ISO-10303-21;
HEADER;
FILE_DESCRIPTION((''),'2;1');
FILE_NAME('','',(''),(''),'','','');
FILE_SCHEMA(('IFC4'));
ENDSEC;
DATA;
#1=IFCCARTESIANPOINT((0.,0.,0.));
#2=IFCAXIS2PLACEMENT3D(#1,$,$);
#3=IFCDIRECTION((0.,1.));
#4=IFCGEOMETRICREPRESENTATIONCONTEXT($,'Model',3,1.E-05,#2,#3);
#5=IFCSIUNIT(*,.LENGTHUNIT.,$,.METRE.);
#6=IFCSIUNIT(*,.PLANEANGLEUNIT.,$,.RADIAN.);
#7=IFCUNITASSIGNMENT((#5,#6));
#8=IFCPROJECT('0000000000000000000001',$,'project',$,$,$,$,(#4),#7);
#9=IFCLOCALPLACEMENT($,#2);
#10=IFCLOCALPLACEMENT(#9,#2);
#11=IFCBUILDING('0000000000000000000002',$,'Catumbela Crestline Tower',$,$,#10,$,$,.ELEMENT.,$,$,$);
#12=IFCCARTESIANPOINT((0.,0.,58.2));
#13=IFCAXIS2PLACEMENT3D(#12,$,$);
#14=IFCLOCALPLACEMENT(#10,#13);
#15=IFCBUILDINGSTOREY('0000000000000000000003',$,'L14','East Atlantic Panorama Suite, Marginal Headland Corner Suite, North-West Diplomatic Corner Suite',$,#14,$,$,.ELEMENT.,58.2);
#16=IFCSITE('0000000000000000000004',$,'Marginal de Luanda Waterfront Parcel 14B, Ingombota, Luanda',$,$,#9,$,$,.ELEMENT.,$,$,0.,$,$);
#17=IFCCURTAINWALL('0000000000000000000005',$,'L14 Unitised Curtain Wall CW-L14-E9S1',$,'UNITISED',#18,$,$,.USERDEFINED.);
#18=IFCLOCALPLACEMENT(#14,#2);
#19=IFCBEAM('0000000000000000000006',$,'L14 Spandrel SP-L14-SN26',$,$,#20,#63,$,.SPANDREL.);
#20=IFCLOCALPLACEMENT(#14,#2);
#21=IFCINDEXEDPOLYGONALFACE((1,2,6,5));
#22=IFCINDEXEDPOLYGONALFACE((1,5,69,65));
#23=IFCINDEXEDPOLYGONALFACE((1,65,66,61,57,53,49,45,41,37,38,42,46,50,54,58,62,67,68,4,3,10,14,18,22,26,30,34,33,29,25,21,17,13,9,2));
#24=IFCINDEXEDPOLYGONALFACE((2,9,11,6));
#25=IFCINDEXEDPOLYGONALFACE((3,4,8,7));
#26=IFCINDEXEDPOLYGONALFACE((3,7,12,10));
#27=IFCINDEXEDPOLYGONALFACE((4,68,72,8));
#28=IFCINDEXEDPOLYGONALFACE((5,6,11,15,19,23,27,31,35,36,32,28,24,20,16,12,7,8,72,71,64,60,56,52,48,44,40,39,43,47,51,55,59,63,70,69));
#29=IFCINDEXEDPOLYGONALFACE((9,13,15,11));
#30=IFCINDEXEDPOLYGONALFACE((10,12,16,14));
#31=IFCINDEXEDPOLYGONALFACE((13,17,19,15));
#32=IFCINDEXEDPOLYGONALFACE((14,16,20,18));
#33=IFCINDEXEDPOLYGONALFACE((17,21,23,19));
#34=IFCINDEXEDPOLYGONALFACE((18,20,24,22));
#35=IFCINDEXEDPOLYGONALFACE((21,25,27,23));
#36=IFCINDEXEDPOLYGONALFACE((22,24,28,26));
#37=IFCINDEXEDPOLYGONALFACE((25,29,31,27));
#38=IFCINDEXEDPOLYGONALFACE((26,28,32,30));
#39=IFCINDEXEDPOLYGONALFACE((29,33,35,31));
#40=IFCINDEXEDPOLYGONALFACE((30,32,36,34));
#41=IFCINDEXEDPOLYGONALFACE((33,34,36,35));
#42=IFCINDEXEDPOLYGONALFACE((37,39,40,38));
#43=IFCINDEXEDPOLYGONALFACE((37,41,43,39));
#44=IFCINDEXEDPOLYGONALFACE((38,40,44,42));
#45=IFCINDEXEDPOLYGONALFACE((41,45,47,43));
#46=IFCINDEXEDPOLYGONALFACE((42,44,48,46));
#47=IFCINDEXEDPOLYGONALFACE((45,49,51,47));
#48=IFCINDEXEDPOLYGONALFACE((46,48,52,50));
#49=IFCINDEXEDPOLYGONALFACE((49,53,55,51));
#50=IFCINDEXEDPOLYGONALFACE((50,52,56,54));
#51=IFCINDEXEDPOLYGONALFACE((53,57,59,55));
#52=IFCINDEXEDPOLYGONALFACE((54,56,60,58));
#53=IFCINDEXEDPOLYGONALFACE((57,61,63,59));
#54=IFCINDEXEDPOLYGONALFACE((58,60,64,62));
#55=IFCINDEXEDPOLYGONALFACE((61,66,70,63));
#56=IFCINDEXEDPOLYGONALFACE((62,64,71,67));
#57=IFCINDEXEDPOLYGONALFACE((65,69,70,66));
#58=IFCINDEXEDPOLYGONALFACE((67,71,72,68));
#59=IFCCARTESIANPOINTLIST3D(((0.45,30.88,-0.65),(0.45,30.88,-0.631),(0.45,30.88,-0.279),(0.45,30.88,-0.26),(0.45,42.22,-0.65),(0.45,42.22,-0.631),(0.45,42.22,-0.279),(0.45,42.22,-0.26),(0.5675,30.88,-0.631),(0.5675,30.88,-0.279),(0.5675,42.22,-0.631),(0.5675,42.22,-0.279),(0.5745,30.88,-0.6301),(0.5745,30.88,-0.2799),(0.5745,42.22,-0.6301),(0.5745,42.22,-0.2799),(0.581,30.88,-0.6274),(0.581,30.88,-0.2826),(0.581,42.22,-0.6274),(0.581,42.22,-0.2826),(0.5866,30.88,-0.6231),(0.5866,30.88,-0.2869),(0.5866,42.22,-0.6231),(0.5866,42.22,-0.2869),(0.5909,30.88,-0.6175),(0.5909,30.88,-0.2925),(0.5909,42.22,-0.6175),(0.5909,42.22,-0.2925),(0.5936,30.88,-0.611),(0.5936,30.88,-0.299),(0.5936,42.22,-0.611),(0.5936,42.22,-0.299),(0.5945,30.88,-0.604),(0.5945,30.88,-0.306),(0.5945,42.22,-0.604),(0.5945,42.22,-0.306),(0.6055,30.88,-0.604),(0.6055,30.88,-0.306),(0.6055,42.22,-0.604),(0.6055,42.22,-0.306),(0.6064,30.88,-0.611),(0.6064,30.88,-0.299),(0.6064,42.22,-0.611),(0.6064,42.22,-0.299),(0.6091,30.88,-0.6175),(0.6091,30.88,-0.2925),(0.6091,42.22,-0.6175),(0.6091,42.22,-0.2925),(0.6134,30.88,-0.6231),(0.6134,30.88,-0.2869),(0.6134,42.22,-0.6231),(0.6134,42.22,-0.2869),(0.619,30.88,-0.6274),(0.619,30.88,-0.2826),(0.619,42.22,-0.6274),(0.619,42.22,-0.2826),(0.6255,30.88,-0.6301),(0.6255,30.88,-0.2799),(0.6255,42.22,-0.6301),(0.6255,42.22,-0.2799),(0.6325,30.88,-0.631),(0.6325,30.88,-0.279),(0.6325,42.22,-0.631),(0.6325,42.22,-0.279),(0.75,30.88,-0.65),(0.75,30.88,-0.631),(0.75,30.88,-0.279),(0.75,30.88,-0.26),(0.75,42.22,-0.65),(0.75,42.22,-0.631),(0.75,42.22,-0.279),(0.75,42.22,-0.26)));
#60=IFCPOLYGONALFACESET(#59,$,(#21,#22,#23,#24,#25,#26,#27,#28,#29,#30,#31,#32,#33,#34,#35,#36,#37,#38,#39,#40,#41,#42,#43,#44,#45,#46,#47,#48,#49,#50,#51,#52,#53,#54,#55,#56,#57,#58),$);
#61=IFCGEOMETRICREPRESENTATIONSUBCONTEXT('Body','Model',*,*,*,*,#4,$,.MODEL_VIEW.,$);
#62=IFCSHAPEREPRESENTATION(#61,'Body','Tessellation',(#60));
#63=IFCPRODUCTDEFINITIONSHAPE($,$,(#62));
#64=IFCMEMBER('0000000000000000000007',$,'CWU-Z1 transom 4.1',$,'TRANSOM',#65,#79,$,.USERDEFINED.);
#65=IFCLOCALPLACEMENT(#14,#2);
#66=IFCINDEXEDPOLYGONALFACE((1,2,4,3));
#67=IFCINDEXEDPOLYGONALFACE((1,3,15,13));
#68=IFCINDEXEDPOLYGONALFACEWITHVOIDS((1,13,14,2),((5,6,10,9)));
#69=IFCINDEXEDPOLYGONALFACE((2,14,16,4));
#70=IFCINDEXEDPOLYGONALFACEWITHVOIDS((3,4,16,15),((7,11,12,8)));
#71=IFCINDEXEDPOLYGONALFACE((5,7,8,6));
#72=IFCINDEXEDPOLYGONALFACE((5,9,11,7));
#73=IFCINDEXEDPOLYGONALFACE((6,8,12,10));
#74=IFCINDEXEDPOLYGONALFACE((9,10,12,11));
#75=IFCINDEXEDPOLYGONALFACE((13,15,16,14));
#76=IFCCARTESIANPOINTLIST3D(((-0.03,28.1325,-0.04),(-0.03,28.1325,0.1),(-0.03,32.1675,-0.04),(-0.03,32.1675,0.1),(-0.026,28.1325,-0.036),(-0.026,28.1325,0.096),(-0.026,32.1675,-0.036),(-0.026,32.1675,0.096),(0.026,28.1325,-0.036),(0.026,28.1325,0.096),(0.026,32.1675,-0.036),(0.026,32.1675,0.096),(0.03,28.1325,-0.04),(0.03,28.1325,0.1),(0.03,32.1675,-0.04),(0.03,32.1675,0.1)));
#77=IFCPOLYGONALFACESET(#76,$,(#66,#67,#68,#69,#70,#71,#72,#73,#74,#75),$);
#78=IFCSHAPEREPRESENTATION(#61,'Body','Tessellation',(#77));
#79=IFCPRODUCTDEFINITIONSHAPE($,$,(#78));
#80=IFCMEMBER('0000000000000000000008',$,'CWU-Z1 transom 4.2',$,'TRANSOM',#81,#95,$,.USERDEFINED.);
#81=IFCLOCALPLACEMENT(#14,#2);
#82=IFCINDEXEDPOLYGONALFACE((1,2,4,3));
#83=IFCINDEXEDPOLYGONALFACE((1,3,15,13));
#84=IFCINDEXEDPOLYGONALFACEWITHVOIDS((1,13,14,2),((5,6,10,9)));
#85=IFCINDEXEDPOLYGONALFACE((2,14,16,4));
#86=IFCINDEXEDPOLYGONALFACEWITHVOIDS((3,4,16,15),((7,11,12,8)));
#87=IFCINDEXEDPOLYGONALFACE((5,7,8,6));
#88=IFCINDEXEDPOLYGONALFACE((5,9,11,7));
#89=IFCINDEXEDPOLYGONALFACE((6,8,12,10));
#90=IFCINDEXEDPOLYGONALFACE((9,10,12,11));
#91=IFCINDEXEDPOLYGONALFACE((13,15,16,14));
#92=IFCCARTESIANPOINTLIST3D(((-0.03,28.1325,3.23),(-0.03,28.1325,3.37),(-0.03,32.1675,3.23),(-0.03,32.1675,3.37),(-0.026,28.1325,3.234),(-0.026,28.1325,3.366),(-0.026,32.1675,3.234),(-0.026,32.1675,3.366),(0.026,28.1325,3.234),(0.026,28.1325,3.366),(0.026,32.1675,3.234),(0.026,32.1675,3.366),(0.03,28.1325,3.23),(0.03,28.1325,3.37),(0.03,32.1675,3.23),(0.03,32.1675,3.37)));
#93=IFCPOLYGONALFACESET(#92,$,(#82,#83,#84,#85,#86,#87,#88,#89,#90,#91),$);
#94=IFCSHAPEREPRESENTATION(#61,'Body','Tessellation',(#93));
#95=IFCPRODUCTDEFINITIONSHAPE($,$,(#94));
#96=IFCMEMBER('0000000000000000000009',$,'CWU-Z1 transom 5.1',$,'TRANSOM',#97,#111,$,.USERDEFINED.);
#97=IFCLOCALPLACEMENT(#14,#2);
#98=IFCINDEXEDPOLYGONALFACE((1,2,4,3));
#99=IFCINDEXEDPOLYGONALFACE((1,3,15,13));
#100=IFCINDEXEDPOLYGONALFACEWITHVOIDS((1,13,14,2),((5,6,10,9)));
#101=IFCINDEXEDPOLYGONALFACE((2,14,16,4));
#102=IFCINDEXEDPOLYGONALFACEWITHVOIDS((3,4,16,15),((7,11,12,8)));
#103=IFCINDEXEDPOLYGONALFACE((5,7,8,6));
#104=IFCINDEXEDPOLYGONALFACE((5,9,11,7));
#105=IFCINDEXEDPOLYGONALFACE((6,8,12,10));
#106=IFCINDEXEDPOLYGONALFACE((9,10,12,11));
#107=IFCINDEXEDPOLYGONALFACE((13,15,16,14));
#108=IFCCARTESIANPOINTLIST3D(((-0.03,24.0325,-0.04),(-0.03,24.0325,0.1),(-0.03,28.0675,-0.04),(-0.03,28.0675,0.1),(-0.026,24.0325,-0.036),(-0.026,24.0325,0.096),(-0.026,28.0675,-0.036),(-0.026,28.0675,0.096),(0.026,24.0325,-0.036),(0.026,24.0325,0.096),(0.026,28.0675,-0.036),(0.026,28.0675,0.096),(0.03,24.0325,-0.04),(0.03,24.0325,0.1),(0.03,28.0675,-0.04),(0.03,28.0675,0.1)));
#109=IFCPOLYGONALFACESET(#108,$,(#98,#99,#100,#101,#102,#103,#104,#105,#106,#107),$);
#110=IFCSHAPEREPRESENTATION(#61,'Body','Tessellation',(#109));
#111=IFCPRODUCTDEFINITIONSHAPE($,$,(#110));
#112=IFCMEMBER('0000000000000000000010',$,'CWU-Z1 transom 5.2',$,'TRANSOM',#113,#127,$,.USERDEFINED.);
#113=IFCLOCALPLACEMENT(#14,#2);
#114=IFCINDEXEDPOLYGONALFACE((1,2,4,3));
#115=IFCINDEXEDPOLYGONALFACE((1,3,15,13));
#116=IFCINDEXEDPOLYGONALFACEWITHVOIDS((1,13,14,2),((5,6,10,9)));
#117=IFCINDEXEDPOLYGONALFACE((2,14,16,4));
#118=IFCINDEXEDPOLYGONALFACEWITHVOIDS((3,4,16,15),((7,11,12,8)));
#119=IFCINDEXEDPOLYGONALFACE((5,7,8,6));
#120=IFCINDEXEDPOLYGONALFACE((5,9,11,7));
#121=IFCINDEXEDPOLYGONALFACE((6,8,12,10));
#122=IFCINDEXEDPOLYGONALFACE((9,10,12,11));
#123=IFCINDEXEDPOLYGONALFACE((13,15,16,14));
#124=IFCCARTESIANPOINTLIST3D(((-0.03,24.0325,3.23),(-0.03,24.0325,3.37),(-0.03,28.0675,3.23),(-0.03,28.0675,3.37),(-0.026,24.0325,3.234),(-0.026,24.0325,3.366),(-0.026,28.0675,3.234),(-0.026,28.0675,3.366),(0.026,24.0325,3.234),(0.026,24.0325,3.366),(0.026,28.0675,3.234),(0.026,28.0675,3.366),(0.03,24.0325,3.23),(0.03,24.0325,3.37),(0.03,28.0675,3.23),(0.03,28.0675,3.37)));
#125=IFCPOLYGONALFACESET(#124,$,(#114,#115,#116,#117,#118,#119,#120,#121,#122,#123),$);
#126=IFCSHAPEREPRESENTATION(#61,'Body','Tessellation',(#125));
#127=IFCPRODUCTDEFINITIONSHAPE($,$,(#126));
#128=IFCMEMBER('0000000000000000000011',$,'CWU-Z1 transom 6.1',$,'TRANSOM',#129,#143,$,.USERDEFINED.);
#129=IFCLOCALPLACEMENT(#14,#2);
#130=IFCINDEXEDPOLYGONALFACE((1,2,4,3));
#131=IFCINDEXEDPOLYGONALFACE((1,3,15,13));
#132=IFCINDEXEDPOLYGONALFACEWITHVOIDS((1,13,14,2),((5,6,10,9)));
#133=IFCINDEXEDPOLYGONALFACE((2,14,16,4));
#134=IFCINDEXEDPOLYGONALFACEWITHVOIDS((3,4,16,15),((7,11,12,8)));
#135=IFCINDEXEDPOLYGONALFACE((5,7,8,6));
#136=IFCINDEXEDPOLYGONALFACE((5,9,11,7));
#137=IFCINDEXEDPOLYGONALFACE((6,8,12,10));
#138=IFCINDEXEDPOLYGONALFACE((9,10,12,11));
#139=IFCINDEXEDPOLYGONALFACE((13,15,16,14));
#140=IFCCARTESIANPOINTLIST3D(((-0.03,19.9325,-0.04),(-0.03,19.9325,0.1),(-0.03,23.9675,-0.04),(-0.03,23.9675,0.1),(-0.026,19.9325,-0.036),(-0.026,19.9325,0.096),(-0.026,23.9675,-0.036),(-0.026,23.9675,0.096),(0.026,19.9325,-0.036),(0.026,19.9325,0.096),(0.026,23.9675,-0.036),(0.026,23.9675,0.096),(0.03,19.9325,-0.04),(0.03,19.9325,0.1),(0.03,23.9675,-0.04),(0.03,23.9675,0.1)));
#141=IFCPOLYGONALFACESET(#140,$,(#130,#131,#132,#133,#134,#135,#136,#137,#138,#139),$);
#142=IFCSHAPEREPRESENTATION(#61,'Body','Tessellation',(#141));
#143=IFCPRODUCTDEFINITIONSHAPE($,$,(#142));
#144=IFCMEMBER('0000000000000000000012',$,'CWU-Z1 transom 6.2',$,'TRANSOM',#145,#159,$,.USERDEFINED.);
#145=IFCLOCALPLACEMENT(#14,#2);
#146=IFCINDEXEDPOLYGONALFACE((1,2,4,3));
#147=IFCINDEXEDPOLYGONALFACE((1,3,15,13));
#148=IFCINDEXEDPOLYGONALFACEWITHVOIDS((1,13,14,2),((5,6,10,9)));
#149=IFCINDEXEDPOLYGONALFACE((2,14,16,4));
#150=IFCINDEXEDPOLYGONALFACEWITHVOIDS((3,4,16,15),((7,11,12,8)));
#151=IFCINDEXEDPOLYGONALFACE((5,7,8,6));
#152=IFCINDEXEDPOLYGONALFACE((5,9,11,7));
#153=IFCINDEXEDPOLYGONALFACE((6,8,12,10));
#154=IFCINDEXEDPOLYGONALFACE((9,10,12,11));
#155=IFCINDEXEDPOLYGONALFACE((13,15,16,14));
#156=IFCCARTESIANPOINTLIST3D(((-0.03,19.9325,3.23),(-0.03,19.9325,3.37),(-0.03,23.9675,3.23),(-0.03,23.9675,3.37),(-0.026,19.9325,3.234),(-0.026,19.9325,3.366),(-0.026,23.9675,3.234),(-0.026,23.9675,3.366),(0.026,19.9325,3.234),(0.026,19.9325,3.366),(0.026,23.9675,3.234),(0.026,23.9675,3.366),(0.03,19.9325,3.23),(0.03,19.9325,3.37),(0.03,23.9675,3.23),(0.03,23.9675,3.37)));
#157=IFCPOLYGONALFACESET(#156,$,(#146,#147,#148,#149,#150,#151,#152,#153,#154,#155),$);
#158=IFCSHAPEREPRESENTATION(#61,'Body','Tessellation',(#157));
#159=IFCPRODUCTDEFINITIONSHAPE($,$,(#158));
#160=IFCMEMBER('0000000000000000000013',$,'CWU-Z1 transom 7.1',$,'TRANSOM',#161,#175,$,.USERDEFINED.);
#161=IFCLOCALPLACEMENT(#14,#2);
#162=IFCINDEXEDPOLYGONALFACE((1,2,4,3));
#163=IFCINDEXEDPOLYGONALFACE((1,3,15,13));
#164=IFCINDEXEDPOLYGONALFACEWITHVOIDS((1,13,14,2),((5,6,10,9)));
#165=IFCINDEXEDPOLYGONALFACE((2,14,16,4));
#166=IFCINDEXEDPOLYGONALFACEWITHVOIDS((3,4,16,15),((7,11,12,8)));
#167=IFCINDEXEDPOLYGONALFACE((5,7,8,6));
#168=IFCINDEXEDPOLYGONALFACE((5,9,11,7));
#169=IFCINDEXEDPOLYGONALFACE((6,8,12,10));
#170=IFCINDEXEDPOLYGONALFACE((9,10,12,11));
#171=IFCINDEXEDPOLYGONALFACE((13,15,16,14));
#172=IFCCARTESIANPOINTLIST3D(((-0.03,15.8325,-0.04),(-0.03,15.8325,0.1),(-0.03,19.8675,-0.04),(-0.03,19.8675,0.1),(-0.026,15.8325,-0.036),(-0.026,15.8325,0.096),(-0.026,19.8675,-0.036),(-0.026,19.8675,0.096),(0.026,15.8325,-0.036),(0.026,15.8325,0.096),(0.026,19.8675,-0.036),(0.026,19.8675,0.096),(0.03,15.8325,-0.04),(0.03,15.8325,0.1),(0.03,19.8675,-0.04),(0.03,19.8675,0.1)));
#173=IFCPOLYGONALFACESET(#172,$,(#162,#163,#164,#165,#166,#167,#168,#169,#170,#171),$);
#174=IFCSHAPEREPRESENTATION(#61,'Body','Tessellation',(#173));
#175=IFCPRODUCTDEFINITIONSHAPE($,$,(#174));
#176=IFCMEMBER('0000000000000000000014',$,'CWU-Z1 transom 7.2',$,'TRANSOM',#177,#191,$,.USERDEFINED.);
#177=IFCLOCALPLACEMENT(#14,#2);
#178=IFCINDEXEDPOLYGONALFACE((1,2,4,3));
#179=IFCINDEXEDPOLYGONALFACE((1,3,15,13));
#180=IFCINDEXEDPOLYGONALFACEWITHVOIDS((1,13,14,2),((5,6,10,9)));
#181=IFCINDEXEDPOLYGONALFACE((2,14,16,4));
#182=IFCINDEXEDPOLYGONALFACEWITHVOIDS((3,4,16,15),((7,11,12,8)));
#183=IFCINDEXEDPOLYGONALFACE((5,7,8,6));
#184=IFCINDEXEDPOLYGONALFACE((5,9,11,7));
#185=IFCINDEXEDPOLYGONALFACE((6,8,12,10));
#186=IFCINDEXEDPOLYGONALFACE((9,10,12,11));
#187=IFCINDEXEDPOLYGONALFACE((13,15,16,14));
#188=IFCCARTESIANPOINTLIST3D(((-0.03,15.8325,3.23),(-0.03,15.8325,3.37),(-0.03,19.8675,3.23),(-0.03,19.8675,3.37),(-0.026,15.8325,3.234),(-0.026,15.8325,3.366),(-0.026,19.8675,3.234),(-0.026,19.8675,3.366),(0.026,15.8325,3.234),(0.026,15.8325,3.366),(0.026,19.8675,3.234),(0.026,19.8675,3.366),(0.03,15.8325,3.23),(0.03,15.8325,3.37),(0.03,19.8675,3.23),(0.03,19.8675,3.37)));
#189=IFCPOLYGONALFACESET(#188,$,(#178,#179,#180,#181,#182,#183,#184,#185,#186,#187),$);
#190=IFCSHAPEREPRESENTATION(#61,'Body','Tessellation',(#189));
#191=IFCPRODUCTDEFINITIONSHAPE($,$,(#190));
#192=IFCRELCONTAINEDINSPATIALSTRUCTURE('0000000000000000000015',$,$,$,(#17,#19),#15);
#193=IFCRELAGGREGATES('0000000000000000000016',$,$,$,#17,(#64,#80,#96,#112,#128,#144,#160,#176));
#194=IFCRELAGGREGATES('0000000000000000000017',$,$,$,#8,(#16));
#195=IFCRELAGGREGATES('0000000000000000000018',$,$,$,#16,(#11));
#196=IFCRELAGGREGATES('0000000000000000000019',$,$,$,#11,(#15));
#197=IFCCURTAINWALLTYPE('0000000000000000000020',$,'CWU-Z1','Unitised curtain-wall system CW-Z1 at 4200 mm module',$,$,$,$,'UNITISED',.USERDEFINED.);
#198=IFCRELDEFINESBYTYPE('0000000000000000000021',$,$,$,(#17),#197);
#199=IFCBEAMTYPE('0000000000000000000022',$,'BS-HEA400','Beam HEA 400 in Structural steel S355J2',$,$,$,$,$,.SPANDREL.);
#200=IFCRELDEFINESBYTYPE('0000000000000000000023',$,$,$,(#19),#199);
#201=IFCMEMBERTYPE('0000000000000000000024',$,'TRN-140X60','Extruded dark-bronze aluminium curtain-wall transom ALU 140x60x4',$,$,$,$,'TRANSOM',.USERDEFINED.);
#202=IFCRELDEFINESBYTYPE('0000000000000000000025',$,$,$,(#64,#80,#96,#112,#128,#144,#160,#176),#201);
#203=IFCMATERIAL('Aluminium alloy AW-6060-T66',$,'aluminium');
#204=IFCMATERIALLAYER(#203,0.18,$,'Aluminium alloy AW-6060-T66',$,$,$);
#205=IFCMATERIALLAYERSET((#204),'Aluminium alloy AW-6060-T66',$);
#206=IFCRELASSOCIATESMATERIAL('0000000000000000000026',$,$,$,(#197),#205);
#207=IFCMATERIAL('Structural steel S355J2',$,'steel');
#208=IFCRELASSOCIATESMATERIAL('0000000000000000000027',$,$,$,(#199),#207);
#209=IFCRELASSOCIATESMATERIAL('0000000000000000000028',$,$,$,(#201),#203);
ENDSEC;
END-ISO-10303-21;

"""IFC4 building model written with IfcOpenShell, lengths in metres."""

from ifc_helpers import new_model, si_unit, direction, frame, origin, origin_2d, place, context, subcontext, project, spatial, hollow_rectangle, i_section, extrude, material, layer, layer_set, material_profile, profile_set, type_object, element, aggregate, save


model = new_model("IFC4")

# Units and contexts
model_context = context("Model", 3, precision=1e-05, world=origin(), true_north=direction((0.0, 1.0)))
body_context = subcontext(model_context, "Body", "Model", "MODEL_VIEW")
ifc_project = project(units=[si_unit("LENGTHUNIT", "METRE"), si_unit("PLANEANGLEUNIT", "RADIAN")], contexts=[model_context])

# Site, building, storey
site_placement = place(None, origin())
site = spatial("IfcSite", under=ifc_project, at=site_placement, Name="Marginal de Luanda Waterfront Parcel 14B, Ingombota, Luanda", CompositionType="ELEMENT", RefElevation=0.0)
building_placement = place(site_placement, origin())
building = spatial("IfcBuilding", under=site, at=building_placement, Name="Catumbela Crestline Tower", CompositionType="ELEMENT")
storey_placement = place(building_placement, frame((0.0, 0.0, 58.2)))
storey = spatial("IfcBuildingStorey", under=building, at=storey_placement, Name="L14", Description="East Atlantic Panorama Suite, Marginal Headland Corner Suite, North-West Diplomatic Corner Suite", CompositionType="ELEMENT", Elevation=58.2)

# Shared definitions
ifc_material_1 = material(Name="Structural steel S355J2", Category="steel")

# Curtain wall
ifc_material_2 = material(Name="Aluminium alloy AW-6060-T66", Category="aluminium")
ifc_layer_1 = layer(ifc_material_2, 0.18, Name="Aluminium alloy AW-6060-T66")
ifc_layer_set_1 = layer_set([ifc_layer_1], Name="Aluminium alloy AW-6060-T66")
curtain_wall_type = type_object("IfcCurtainWallType", Name="CWU-Z1", Description="Unitised curtain-wall system CW-Z1 at 4200 mm module", ElementType="UNITISED", PredefinedType="USERDEFINED", material=ifc_layer_set_1)
curtain_wall_placement = place(storey_placement, origin())
curtain_wall = element("IfcCurtainWall", 1, at=curtain_wall_placement, inside=storey, type_object=curtain_wall_type, Name="L14 Unitised Curtain Wall CW-L14-E9S1", ObjectType="UNITISED", PredefinedType="USERDEFINED")

# Beam
ifc_material_profile_1 = material_profile(ifc_material_1, i_section(OverallWidth=0.3, OverallDepth=0.39, WebThickness=0.011, FlangeThickness=0.019, FilletRadius=0.027, at=origin_2d()), Name="HEA 400")
ifc_profile_set_1 = profile_set([ifc_material_profile_1], Name="Structural steel S355J2")
beam_type_1 = type_object("IfcBeamType", Name="BS-HEA400", Description="Beam HEA 400 in Structural steel S355J2", PredefinedType="SPANDREL", material=ifc_profile_set_1)
beam_1_placement = place(storey_placement, frame((0.6, 30.88, -0.455), z_axis=(0.0, 1.0, 0.0), x_axis=(-1.0, 0.0, 0.0)))
element("IfcBeam", 2, at=beam_1_placement, inside=storey, type_object=beam_type_1, Name="L14 Spandrel SP-L14-SN26", PredefinedType="SPANDREL", context=body_context, shape_type="SweptSolid", body=[
    extrude(i_section(OverallWidth=0.3, OverallDepth=0.39, WebThickness=0.011, FlangeThickness=0.019, FilletRadius=0.027, at=origin_2d()), origin(), (0.0, 0.0, 1.0), 11.34),
])

# Members
ifc_material_profile_2 = material_profile(ifc_material_2, hollow_rectangle(XDim=0.06, YDim=0.14, WallThickness=0.004, at=origin_2d()), Name="ALU 140x60x4")
ifc_profile_set_2 = profile_set([ifc_material_profile_2], Name="Aluminium alloy AW-6060-T66")
member_type_1 = type_object("IfcMemberType", Name="TRN-140X60", Description="Extruded dark-bronze aluminium curtain-wall transom ALU 140x60x4", ElementType="TRANSOM", PredefinedType="USERDEFINED", material=ifc_profile_set_2)
member_1_placement = place(storey_placement, frame((0.0, 32.1675, 0.03), z_axis=(0.0, -1.0, 0.0), x_axis=(1.0, 0.0, 0.0)))
member_1 = element("IfcMember", 3, at=member_1_placement, type_object=member_type_1, Name="CWU-Z1 transom 4.1", ObjectType="TRANSOM", PredefinedType="USERDEFINED", context=body_context, shape_type="SweptSolid", body=[
    extrude(hollow_rectangle(XDim=0.06, YDim=0.14, WallThickness=0.004, at=origin_2d()), origin(), (0.0, 0.0, 1.0), 4.035),
])
member_2_placement = place(storey_placement, frame((0.0, 32.1675, 3.3), z_axis=(0.0, -1.0, 0.0), x_axis=(1.0, 0.0, 0.0)))
member_2 = element("IfcMember", 4, at=member_2_placement, type_object=member_type_1, Name="CWU-Z1 transom 4.2", ObjectType="TRANSOM", PredefinedType="USERDEFINED", context=body_context, shape_type="SweptSolid", body=[
    extrude(hollow_rectangle(XDim=0.06, YDim=0.14, WallThickness=0.004, at=origin_2d()), origin(), (0.0, 0.0, 1.0), 4.035),
])
member_3_placement = place(storey_placement, frame((0.0, 28.0675, 0.03), z_axis=(0.0, -1.0, 0.0), x_axis=(1.0, 0.0, 0.0)))
member_3 = element("IfcMember", 5, at=member_3_placement, type_object=member_type_1, Name="CWU-Z1 transom 5.1", ObjectType="TRANSOM", PredefinedType="USERDEFINED", context=body_context, shape_type="SweptSolid", body=[
    extrude(hollow_rectangle(XDim=0.06, YDim=0.14, WallThickness=0.004, at=origin_2d()), origin(), (0.0, 0.0, 1.0), 4.035),
])
member_4_placement = place(storey_placement, frame((0.0, 28.0675, 3.3), z_axis=(0.0, -1.0, 0.0), x_axis=(1.0, 0.0, 0.0)))
member_4 = element("IfcMember", 6, at=member_4_placement, type_object=member_type_1, Name="CWU-Z1 transom 5.2", ObjectType="TRANSOM", PredefinedType="USERDEFINED", context=body_context, shape_type="SweptSolid", body=[
    extrude(hollow_rectangle(XDim=0.06, YDim=0.14, WallThickness=0.004, at=origin_2d()), origin(), (0.0, 0.0, 1.0), 4.035),
])
member_5_placement = place(storey_placement, frame((0.0, 23.9675, 0.03), z_axis=(0.0, -1.0, 0.0), x_axis=(1.0, 0.0, 0.0)))
member_5 = element("IfcMember", 7, at=member_5_placement, type_object=member_type_1, Name="CWU-Z1 transom 6.1", ObjectType="TRANSOM", PredefinedType="USERDEFINED", context=body_context, shape_type="SweptSolid", body=[
    extrude(hollow_rectangle(XDim=0.06, YDim=0.14, WallThickness=0.004, at=origin_2d()), origin(), (0.0, 0.0, 1.0), 4.035),
])
member_6_placement = place(storey_placement, frame((0.0, 23.9675, 3.3), z_axis=(0.0, -1.0, 0.0), x_axis=(1.0, 0.0, 0.0)))
member_6 = element("IfcMember", 8, at=member_6_placement, type_object=member_type_1, Name="CWU-Z1 transom 6.2", ObjectType="TRANSOM", PredefinedType="USERDEFINED", context=body_context, shape_type="SweptSolid", body=[
    extrude(hollow_rectangle(XDim=0.06, YDim=0.14, WallThickness=0.004, at=origin_2d()), origin(), (0.0, 0.0, 1.0), 4.035),
])
member_7_placement = place(storey_placement, frame((0.0, 19.8675, 0.03), z_axis=(0.0, -1.0, 0.0), x_axis=(1.0, 0.0, 0.0)))
member_7 = element("IfcMember", 9, at=member_7_placement, type_object=member_type_1, Name="CWU-Z1 transom 7.1", ObjectType="TRANSOM", PredefinedType="USERDEFINED", context=body_context, shape_type="SweptSolid", body=[
    extrude(hollow_rectangle(XDim=0.06, YDim=0.14, WallThickness=0.004, at=origin_2d()), origin(), (0.0, 0.0, 1.0), 4.035),
])
member_8_placement = place(storey_placement, frame((0.0, 19.8675, 3.3), z_axis=(0.0, -1.0, 0.0), x_axis=(1.0, 0.0, 0.0)))
member_8 = element("IfcMember", 10, at=member_8_placement, type_object=member_type_1, Name="CWU-Z1 transom 7.2", ObjectType="TRANSOM", PredefinedType="USERDEFINED", context=body_context, shape_type="SweptSolid", body=[
    extrude(hollow_rectangle(XDim=0.06, YDim=0.14, WallThickness=0.004, at=origin_2d()), origin(), (0.0, 0.0, 1.0), 4.035),
])

aggregate(curtain_wall, [member_1, member_2, member_3, member_4, member_5, member_6, member_7, member_8])

save(model, "model.ifc")
